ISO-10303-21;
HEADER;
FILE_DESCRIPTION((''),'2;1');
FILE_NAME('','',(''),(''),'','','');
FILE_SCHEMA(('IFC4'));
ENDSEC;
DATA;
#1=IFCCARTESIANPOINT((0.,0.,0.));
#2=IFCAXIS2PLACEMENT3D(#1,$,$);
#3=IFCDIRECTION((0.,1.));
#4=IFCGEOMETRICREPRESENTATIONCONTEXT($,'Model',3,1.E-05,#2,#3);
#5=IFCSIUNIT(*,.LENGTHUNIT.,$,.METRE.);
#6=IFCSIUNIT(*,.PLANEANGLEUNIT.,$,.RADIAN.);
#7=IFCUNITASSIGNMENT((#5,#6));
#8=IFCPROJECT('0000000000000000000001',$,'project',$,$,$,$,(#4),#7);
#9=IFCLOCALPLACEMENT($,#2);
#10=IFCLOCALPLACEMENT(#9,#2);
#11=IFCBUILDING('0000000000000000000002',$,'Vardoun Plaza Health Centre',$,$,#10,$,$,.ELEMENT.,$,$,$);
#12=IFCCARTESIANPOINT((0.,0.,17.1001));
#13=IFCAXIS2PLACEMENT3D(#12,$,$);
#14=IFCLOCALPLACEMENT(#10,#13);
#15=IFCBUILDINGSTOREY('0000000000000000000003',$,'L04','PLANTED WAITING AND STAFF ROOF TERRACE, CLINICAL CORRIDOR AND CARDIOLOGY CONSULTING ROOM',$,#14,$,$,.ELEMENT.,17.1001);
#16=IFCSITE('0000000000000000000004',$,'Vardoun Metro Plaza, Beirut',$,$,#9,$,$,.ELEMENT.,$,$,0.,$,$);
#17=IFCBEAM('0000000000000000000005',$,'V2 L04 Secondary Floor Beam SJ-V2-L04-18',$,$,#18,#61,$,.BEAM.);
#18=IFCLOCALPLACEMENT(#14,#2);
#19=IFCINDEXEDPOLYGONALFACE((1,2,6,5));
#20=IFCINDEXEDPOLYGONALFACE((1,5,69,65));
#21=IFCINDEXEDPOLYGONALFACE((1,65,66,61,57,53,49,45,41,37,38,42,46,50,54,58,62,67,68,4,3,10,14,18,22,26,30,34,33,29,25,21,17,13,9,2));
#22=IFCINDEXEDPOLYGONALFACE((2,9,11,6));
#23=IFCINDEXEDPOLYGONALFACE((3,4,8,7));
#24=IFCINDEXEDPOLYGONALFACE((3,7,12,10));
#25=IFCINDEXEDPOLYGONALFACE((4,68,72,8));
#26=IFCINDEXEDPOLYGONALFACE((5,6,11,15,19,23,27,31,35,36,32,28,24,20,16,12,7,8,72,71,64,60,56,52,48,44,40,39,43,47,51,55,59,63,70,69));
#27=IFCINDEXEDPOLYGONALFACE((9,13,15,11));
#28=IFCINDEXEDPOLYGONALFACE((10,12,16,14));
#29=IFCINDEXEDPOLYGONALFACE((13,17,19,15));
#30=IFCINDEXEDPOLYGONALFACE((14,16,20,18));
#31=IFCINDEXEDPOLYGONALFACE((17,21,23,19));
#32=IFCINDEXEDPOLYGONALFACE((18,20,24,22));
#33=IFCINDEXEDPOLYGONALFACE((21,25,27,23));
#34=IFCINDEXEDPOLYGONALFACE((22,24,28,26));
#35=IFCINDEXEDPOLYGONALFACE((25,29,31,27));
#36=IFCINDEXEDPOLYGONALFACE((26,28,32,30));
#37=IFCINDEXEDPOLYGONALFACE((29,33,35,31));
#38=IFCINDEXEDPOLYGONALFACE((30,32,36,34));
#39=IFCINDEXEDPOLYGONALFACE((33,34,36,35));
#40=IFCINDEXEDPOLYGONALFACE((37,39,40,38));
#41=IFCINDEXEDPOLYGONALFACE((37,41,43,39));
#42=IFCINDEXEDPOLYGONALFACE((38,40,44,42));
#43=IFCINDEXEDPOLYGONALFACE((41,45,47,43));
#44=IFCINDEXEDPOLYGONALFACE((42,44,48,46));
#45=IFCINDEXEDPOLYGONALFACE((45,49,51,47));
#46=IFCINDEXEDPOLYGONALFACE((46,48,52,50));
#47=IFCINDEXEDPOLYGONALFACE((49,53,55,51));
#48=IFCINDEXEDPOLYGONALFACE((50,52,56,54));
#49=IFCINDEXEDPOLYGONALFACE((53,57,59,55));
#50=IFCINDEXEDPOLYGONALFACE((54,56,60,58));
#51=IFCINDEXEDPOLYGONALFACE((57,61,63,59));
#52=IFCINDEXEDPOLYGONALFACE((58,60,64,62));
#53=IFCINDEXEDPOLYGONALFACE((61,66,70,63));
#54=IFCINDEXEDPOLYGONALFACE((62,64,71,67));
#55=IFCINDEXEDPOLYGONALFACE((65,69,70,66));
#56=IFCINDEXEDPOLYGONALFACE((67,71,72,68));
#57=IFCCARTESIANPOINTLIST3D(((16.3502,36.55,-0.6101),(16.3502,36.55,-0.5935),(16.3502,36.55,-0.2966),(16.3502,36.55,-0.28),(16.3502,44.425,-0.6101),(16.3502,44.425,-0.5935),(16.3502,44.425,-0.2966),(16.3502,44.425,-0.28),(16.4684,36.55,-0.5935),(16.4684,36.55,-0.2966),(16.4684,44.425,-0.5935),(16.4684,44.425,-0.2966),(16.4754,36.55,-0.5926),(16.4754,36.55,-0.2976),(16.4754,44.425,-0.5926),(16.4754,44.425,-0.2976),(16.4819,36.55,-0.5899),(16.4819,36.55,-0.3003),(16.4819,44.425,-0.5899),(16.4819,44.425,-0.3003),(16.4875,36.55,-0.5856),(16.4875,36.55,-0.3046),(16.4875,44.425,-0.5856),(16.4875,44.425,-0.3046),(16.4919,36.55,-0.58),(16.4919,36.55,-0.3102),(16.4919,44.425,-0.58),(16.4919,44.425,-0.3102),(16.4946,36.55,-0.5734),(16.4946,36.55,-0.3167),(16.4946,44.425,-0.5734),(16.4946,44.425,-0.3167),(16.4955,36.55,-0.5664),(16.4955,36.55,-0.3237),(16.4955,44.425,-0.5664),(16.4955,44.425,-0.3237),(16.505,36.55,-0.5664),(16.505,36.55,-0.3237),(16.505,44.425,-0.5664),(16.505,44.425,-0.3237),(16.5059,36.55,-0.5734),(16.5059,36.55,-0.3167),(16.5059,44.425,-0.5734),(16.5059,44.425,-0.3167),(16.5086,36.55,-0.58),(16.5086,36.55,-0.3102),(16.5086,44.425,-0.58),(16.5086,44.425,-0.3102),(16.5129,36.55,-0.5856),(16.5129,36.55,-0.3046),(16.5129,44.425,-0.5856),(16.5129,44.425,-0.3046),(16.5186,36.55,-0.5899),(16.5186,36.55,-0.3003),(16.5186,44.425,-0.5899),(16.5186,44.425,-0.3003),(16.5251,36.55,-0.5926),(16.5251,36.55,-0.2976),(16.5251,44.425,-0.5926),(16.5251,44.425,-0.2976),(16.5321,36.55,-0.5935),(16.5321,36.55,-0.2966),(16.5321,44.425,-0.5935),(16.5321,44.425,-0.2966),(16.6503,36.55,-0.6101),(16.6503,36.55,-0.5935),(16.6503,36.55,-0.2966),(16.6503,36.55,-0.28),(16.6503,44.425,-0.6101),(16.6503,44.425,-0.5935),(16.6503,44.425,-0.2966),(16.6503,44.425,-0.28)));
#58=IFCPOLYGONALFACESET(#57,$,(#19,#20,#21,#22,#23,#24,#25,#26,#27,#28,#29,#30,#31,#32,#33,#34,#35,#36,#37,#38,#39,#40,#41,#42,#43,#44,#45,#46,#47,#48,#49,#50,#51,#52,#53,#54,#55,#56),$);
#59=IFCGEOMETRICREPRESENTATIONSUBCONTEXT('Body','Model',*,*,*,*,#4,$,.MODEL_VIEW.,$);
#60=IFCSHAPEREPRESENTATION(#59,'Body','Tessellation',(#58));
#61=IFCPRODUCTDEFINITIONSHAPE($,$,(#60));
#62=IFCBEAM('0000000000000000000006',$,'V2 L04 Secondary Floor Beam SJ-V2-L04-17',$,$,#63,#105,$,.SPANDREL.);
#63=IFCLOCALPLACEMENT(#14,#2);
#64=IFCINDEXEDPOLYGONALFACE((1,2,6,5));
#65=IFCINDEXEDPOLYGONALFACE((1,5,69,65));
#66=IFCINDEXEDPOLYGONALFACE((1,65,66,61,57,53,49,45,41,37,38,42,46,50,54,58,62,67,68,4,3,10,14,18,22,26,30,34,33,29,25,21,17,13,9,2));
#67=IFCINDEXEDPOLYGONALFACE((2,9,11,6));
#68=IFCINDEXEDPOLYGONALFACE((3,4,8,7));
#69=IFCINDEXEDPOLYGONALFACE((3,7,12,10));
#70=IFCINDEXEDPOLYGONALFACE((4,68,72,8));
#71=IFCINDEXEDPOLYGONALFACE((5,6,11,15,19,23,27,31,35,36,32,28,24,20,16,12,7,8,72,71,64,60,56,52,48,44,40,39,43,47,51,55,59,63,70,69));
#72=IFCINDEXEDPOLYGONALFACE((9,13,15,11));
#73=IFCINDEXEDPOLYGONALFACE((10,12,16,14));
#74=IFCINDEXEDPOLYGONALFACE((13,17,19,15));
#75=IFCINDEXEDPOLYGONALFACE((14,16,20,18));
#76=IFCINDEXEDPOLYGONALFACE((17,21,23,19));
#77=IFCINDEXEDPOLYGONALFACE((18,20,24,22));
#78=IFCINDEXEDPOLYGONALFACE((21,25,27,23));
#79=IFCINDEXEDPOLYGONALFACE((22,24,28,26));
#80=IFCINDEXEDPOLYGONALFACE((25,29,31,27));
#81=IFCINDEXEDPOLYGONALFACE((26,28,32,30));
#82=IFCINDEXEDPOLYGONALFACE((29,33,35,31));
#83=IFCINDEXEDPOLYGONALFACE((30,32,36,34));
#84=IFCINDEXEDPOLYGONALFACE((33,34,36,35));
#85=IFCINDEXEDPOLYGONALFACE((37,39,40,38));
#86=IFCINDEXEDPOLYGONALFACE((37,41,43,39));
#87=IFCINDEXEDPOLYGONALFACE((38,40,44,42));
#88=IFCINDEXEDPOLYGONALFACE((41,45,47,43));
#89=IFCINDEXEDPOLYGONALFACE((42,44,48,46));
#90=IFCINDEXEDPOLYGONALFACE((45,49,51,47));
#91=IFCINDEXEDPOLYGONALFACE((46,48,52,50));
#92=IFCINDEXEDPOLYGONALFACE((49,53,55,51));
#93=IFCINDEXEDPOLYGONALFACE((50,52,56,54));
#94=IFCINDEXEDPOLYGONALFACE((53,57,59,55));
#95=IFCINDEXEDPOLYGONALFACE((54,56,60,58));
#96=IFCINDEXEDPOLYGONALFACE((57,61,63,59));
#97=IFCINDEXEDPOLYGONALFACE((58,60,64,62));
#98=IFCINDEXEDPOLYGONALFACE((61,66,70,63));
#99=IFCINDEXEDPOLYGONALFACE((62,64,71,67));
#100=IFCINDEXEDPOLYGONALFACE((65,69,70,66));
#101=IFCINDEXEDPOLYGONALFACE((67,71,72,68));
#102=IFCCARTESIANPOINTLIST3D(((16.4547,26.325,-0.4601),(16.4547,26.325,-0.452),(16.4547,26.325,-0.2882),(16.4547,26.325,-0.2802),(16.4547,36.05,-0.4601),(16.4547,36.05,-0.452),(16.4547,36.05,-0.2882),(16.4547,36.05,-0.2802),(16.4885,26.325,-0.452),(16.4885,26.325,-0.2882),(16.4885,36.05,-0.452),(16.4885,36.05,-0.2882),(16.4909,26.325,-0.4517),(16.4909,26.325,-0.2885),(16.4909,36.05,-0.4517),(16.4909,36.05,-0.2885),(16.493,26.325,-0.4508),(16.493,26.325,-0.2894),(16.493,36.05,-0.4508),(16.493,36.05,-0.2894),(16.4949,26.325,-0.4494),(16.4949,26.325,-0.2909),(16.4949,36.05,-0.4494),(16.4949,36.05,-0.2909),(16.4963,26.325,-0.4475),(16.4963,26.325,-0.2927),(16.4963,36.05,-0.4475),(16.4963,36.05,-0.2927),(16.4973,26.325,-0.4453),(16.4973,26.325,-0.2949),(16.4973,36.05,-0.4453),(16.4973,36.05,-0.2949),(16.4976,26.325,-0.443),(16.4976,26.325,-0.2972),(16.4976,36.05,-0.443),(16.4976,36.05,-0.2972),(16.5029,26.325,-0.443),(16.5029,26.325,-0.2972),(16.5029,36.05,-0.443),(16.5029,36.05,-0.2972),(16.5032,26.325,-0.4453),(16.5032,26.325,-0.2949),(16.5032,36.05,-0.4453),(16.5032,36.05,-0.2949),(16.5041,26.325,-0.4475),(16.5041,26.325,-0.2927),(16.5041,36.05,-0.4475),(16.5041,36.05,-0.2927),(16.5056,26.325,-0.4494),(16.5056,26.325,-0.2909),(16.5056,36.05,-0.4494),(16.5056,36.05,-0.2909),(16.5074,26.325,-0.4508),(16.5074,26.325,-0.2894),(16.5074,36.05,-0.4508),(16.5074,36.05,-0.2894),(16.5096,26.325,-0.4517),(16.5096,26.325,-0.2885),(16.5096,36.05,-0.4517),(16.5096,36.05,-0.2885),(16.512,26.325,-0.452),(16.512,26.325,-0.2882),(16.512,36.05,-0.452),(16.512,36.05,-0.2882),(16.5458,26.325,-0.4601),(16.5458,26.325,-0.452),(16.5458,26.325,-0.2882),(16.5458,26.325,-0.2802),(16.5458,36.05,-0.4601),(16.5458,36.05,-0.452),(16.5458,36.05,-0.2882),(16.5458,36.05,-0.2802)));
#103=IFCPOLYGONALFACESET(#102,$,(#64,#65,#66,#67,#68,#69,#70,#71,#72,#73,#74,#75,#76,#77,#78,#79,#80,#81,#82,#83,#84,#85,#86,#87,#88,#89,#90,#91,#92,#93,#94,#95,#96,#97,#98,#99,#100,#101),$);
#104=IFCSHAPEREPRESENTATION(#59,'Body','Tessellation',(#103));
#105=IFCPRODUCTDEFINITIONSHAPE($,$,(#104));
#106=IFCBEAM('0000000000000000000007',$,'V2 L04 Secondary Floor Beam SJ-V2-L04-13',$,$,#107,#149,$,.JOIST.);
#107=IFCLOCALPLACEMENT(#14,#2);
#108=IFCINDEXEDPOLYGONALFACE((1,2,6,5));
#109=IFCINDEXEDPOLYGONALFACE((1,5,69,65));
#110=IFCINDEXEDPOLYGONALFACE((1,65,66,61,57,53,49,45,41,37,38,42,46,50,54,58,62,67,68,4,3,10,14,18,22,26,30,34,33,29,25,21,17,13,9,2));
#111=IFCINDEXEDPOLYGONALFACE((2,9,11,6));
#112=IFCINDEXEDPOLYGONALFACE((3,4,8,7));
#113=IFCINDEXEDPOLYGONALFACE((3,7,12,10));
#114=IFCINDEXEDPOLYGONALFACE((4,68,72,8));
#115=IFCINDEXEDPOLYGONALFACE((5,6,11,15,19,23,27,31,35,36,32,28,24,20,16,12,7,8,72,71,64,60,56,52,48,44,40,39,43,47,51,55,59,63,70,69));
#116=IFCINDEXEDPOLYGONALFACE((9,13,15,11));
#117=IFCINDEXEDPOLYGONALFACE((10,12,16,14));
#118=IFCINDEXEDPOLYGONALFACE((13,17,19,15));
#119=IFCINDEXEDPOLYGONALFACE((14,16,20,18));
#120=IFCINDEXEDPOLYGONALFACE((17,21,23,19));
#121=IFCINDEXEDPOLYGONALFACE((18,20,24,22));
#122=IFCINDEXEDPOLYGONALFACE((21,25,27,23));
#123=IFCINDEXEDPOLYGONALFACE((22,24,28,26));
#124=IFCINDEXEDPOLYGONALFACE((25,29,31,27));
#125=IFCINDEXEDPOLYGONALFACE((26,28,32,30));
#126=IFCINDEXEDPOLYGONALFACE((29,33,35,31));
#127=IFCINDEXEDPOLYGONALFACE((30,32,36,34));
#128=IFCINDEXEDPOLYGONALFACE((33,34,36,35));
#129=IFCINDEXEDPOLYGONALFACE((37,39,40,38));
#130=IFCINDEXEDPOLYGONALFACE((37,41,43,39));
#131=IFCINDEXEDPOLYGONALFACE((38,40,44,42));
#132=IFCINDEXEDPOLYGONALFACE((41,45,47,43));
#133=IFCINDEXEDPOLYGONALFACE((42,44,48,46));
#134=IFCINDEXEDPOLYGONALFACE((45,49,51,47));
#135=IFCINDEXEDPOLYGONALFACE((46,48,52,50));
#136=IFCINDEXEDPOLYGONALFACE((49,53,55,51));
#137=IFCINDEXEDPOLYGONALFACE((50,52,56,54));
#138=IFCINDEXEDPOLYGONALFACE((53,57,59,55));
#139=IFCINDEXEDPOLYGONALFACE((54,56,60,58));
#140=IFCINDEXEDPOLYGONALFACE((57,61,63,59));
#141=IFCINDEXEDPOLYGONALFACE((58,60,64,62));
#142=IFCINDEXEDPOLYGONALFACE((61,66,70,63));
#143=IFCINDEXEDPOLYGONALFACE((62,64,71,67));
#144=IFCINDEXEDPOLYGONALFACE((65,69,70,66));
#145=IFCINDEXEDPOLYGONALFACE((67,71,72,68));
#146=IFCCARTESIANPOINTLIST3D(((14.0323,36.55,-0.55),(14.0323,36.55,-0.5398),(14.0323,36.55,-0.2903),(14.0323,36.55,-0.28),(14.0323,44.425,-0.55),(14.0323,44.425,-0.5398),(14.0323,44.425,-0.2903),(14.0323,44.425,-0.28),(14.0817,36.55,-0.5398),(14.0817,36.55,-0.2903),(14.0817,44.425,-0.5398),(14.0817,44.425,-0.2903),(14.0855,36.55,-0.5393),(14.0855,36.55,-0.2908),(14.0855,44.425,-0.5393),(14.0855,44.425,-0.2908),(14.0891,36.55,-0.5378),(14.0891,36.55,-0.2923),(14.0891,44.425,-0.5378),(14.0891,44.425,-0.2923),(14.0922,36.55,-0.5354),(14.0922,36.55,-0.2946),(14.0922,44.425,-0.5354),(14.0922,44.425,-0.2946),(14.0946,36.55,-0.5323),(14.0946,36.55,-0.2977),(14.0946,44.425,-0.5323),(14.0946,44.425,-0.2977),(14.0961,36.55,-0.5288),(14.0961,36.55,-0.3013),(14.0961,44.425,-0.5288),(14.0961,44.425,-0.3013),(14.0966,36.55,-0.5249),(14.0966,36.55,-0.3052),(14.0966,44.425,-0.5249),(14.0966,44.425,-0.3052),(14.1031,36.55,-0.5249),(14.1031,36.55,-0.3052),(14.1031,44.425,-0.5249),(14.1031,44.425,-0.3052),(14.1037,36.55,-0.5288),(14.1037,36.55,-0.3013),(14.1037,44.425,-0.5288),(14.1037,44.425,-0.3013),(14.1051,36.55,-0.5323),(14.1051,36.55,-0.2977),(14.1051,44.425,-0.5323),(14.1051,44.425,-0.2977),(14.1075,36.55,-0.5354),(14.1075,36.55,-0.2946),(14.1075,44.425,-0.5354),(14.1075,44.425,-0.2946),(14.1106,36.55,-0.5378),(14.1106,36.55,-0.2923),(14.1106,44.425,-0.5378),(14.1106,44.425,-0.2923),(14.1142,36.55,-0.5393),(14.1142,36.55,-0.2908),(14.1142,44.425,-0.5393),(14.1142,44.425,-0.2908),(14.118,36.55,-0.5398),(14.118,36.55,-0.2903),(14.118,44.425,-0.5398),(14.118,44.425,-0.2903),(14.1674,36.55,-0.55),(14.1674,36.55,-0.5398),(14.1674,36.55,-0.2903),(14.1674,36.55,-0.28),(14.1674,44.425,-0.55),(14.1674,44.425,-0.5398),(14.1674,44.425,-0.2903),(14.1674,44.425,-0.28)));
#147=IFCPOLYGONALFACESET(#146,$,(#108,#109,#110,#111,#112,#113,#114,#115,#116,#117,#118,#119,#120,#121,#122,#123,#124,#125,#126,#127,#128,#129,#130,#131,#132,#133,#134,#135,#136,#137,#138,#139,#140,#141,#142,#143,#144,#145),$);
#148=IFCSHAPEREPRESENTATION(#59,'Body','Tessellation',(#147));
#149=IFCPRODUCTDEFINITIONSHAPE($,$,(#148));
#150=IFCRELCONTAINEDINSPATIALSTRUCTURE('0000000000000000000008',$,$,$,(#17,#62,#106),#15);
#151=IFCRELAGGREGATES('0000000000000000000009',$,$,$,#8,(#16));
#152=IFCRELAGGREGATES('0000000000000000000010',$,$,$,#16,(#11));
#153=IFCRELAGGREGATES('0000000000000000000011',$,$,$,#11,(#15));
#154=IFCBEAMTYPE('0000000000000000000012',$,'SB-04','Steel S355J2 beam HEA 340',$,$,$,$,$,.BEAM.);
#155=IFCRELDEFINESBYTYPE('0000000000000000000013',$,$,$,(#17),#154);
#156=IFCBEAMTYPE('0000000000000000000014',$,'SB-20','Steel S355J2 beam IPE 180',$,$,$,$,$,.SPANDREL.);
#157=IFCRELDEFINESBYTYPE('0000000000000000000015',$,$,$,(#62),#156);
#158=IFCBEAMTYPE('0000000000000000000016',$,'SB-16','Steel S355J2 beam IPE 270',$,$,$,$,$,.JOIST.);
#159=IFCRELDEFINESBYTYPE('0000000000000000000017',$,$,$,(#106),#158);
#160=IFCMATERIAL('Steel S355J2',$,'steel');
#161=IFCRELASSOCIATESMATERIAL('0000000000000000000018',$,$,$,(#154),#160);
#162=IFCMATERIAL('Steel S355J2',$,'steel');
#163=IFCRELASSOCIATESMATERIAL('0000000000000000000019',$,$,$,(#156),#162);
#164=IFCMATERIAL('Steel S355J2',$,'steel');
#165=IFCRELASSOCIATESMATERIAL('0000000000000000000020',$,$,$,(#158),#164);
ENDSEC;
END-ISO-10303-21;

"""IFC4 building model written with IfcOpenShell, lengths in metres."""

from ifc_helpers import new_model, si_unit, direction, frame, origin, origin_2d, place, context, subcontext, project, spatial, i_section, extrude, material, material_profile, profile_set, type_object, element, save


model = new_model("IFC4")

# Units and contexts
model_context = context("Model", 3, precision=1e-05, world=origin(), true_north=direction((0.0, 1.0)))
body_context = subcontext(model_context, "Body", "Model", "MODEL_VIEW")
ifc_project = project(units=[si_unit("LENGTHUNIT", "METRE"), si_unit("PLANEANGLEUNIT", "RADIAN")], contexts=[model_context])

# Site, building, storey
site_placement = place(None, origin())
site = spatial("IfcSite", under=ifc_project, at=site_placement, Name="Vardoun Metro Plaza, Beirut", CompositionType="ELEMENT", RefElevation=0.0)
building_placement = place(site_placement, origin())
building = spatial("IfcBuilding", under=site, at=building_placement, Name="Vardoun Plaza Health Centre", CompositionType="ELEMENT")
storey_placement = place(building_placement, frame((0.0, 0.0, 17.1001)))
storey = spatial("IfcBuildingStorey", under=building, at=storey_placement, Name="L04", Description="PLANTED WAITING AND STAFF ROOF TERRACE, CLINICAL CORRIDOR AND CARDIOLOGY CONSULTING ROOM", CompositionType="ELEMENT", Elevation=17.1001)

# Beams
ifc_material_1 = material(Name="Steel S355J2", Category="steel")
ifc_material_profile_1 = material_profile(ifc_material_1, i_section(OverallWidth=0.3, OverallDepth=0.3301, WebThickness=0.0095, FlangeThickness=0.0166, FilletRadius=0.0271, at=origin_2d()), Name="HEA 340")
ifc_profile_set_1 = profile_set([ifc_material_profile_1], Name="Steel S355J2")
beam_type_1 = type_object("IfcBeamType", Name="SB-04", Description="Steel S355J2 beam HEA 340", PredefinedType="BEAM", material=ifc_profile_set_1)
beam_1_placement = place(storey_placement, frame((16.5002, 36.55, -0.4451), z_axis=(0.0, 1.0, 0.0), x_axis=(-1.0, 0.0, 0.0)))
element("IfcBeam", 1, at=beam_1_placement, inside=storey, type_object=beam_type_1, Name="V2 L04 Secondary Floor Beam SJ-V2-L04-18", PredefinedType="BEAM", context=body_context, shape_type="SweptSolid", body=[
    extrude(i_section(OverallWidth=0.3, OverallDepth=0.3301, WebThickness=0.0095, FlangeThickness=0.0166, FilletRadius=0.0271, at=origin_2d()), origin(), (0.0, 0.0, 1.0), 7.875),
])
ifc_material_2 = material(Name="Steel S355J2", Category="steel")
ifc_material_profile_2 = material_profile(ifc_material_2, i_section(OverallWidth=0.0911, OverallDepth=0.1799, WebThickness=0.0054, FlangeThickness=0.0081, FilletRadius=0.009, at=origin_2d()), Name="IPE 180")
ifc_profile_set_2 = profile_set([ifc_material_profile_2], Name="Steel S355J2")
beam_type_2 = type_object("IfcBeamType", Name="SB-20", Description="Steel S355J2 beam IPE 180", PredefinedType="SPANDREL", material=ifc_profile_set_2)
beam_2_placement = place(storey_placement, frame((16.5002, 26.325, -0.3701), z_axis=(0.0, 1.0, 0.0), x_axis=(-1.0, 0.0, 0.0)))
element("IfcBeam", 2, at=beam_2_placement, inside=storey, type_object=beam_type_2, Name="V2 L04 Secondary Floor Beam SJ-V2-L04-17", PredefinedType="SPANDREL", context=body_context, shape_type="SweptSolid", body=[
    extrude(i_section(OverallWidth=0.0911, OverallDepth=0.1799, WebThickness=0.0054, FlangeThickness=0.0081, FilletRadius=0.009, at=origin_2d()), origin(), (0.0, 0.0, 1.0), 9.7251),
])
ifc_material_3 = material(Name="Steel S355J2", Category="steel")
ifc_material_profile_3 = material_profile(ifc_material_3, i_section(OverallWidth=0.135, OverallDepth=0.27, WebThickness=0.0066, FlangeThickness=0.0103, FilletRadius=0.0149, at=origin_2d()), Name="IPE 270")
ifc_profile_set_3 = profile_set([ifc_material_profile_3], Name="Steel S355J2")
beam_type_3 = type_object("IfcBeamType", Name="SB-16", Description="Steel S355J2 beam IPE 270", PredefinedType="JOIST", material=ifc_profile_set_3)
beam_3_placement = place(storey_placement, frame((14.0999, 36.55, -0.415), z_axis=(0.0, 1.0, 0.0), x_axis=(-1.0, 0.0, 0.0)))
element("IfcBeam", 3, at=beam_3_placement, inside=storey, type_object=beam_type_3, Name="V2 L04 Secondary Floor Beam SJ-V2-L04-13", PredefinedType="JOIST", context=body_context, shape_type="SweptSolid", body=[
    extrude(i_section(OverallWidth=0.135, OverallDepth=0.27, WebThickness=0.0066, FlangeThickness=0.0103, FilletRadius=0.0149, at=origin_2d()), origin(), (0.0, 0.0, 1.0), 7.875),
])

save(model, "model.ifc")
